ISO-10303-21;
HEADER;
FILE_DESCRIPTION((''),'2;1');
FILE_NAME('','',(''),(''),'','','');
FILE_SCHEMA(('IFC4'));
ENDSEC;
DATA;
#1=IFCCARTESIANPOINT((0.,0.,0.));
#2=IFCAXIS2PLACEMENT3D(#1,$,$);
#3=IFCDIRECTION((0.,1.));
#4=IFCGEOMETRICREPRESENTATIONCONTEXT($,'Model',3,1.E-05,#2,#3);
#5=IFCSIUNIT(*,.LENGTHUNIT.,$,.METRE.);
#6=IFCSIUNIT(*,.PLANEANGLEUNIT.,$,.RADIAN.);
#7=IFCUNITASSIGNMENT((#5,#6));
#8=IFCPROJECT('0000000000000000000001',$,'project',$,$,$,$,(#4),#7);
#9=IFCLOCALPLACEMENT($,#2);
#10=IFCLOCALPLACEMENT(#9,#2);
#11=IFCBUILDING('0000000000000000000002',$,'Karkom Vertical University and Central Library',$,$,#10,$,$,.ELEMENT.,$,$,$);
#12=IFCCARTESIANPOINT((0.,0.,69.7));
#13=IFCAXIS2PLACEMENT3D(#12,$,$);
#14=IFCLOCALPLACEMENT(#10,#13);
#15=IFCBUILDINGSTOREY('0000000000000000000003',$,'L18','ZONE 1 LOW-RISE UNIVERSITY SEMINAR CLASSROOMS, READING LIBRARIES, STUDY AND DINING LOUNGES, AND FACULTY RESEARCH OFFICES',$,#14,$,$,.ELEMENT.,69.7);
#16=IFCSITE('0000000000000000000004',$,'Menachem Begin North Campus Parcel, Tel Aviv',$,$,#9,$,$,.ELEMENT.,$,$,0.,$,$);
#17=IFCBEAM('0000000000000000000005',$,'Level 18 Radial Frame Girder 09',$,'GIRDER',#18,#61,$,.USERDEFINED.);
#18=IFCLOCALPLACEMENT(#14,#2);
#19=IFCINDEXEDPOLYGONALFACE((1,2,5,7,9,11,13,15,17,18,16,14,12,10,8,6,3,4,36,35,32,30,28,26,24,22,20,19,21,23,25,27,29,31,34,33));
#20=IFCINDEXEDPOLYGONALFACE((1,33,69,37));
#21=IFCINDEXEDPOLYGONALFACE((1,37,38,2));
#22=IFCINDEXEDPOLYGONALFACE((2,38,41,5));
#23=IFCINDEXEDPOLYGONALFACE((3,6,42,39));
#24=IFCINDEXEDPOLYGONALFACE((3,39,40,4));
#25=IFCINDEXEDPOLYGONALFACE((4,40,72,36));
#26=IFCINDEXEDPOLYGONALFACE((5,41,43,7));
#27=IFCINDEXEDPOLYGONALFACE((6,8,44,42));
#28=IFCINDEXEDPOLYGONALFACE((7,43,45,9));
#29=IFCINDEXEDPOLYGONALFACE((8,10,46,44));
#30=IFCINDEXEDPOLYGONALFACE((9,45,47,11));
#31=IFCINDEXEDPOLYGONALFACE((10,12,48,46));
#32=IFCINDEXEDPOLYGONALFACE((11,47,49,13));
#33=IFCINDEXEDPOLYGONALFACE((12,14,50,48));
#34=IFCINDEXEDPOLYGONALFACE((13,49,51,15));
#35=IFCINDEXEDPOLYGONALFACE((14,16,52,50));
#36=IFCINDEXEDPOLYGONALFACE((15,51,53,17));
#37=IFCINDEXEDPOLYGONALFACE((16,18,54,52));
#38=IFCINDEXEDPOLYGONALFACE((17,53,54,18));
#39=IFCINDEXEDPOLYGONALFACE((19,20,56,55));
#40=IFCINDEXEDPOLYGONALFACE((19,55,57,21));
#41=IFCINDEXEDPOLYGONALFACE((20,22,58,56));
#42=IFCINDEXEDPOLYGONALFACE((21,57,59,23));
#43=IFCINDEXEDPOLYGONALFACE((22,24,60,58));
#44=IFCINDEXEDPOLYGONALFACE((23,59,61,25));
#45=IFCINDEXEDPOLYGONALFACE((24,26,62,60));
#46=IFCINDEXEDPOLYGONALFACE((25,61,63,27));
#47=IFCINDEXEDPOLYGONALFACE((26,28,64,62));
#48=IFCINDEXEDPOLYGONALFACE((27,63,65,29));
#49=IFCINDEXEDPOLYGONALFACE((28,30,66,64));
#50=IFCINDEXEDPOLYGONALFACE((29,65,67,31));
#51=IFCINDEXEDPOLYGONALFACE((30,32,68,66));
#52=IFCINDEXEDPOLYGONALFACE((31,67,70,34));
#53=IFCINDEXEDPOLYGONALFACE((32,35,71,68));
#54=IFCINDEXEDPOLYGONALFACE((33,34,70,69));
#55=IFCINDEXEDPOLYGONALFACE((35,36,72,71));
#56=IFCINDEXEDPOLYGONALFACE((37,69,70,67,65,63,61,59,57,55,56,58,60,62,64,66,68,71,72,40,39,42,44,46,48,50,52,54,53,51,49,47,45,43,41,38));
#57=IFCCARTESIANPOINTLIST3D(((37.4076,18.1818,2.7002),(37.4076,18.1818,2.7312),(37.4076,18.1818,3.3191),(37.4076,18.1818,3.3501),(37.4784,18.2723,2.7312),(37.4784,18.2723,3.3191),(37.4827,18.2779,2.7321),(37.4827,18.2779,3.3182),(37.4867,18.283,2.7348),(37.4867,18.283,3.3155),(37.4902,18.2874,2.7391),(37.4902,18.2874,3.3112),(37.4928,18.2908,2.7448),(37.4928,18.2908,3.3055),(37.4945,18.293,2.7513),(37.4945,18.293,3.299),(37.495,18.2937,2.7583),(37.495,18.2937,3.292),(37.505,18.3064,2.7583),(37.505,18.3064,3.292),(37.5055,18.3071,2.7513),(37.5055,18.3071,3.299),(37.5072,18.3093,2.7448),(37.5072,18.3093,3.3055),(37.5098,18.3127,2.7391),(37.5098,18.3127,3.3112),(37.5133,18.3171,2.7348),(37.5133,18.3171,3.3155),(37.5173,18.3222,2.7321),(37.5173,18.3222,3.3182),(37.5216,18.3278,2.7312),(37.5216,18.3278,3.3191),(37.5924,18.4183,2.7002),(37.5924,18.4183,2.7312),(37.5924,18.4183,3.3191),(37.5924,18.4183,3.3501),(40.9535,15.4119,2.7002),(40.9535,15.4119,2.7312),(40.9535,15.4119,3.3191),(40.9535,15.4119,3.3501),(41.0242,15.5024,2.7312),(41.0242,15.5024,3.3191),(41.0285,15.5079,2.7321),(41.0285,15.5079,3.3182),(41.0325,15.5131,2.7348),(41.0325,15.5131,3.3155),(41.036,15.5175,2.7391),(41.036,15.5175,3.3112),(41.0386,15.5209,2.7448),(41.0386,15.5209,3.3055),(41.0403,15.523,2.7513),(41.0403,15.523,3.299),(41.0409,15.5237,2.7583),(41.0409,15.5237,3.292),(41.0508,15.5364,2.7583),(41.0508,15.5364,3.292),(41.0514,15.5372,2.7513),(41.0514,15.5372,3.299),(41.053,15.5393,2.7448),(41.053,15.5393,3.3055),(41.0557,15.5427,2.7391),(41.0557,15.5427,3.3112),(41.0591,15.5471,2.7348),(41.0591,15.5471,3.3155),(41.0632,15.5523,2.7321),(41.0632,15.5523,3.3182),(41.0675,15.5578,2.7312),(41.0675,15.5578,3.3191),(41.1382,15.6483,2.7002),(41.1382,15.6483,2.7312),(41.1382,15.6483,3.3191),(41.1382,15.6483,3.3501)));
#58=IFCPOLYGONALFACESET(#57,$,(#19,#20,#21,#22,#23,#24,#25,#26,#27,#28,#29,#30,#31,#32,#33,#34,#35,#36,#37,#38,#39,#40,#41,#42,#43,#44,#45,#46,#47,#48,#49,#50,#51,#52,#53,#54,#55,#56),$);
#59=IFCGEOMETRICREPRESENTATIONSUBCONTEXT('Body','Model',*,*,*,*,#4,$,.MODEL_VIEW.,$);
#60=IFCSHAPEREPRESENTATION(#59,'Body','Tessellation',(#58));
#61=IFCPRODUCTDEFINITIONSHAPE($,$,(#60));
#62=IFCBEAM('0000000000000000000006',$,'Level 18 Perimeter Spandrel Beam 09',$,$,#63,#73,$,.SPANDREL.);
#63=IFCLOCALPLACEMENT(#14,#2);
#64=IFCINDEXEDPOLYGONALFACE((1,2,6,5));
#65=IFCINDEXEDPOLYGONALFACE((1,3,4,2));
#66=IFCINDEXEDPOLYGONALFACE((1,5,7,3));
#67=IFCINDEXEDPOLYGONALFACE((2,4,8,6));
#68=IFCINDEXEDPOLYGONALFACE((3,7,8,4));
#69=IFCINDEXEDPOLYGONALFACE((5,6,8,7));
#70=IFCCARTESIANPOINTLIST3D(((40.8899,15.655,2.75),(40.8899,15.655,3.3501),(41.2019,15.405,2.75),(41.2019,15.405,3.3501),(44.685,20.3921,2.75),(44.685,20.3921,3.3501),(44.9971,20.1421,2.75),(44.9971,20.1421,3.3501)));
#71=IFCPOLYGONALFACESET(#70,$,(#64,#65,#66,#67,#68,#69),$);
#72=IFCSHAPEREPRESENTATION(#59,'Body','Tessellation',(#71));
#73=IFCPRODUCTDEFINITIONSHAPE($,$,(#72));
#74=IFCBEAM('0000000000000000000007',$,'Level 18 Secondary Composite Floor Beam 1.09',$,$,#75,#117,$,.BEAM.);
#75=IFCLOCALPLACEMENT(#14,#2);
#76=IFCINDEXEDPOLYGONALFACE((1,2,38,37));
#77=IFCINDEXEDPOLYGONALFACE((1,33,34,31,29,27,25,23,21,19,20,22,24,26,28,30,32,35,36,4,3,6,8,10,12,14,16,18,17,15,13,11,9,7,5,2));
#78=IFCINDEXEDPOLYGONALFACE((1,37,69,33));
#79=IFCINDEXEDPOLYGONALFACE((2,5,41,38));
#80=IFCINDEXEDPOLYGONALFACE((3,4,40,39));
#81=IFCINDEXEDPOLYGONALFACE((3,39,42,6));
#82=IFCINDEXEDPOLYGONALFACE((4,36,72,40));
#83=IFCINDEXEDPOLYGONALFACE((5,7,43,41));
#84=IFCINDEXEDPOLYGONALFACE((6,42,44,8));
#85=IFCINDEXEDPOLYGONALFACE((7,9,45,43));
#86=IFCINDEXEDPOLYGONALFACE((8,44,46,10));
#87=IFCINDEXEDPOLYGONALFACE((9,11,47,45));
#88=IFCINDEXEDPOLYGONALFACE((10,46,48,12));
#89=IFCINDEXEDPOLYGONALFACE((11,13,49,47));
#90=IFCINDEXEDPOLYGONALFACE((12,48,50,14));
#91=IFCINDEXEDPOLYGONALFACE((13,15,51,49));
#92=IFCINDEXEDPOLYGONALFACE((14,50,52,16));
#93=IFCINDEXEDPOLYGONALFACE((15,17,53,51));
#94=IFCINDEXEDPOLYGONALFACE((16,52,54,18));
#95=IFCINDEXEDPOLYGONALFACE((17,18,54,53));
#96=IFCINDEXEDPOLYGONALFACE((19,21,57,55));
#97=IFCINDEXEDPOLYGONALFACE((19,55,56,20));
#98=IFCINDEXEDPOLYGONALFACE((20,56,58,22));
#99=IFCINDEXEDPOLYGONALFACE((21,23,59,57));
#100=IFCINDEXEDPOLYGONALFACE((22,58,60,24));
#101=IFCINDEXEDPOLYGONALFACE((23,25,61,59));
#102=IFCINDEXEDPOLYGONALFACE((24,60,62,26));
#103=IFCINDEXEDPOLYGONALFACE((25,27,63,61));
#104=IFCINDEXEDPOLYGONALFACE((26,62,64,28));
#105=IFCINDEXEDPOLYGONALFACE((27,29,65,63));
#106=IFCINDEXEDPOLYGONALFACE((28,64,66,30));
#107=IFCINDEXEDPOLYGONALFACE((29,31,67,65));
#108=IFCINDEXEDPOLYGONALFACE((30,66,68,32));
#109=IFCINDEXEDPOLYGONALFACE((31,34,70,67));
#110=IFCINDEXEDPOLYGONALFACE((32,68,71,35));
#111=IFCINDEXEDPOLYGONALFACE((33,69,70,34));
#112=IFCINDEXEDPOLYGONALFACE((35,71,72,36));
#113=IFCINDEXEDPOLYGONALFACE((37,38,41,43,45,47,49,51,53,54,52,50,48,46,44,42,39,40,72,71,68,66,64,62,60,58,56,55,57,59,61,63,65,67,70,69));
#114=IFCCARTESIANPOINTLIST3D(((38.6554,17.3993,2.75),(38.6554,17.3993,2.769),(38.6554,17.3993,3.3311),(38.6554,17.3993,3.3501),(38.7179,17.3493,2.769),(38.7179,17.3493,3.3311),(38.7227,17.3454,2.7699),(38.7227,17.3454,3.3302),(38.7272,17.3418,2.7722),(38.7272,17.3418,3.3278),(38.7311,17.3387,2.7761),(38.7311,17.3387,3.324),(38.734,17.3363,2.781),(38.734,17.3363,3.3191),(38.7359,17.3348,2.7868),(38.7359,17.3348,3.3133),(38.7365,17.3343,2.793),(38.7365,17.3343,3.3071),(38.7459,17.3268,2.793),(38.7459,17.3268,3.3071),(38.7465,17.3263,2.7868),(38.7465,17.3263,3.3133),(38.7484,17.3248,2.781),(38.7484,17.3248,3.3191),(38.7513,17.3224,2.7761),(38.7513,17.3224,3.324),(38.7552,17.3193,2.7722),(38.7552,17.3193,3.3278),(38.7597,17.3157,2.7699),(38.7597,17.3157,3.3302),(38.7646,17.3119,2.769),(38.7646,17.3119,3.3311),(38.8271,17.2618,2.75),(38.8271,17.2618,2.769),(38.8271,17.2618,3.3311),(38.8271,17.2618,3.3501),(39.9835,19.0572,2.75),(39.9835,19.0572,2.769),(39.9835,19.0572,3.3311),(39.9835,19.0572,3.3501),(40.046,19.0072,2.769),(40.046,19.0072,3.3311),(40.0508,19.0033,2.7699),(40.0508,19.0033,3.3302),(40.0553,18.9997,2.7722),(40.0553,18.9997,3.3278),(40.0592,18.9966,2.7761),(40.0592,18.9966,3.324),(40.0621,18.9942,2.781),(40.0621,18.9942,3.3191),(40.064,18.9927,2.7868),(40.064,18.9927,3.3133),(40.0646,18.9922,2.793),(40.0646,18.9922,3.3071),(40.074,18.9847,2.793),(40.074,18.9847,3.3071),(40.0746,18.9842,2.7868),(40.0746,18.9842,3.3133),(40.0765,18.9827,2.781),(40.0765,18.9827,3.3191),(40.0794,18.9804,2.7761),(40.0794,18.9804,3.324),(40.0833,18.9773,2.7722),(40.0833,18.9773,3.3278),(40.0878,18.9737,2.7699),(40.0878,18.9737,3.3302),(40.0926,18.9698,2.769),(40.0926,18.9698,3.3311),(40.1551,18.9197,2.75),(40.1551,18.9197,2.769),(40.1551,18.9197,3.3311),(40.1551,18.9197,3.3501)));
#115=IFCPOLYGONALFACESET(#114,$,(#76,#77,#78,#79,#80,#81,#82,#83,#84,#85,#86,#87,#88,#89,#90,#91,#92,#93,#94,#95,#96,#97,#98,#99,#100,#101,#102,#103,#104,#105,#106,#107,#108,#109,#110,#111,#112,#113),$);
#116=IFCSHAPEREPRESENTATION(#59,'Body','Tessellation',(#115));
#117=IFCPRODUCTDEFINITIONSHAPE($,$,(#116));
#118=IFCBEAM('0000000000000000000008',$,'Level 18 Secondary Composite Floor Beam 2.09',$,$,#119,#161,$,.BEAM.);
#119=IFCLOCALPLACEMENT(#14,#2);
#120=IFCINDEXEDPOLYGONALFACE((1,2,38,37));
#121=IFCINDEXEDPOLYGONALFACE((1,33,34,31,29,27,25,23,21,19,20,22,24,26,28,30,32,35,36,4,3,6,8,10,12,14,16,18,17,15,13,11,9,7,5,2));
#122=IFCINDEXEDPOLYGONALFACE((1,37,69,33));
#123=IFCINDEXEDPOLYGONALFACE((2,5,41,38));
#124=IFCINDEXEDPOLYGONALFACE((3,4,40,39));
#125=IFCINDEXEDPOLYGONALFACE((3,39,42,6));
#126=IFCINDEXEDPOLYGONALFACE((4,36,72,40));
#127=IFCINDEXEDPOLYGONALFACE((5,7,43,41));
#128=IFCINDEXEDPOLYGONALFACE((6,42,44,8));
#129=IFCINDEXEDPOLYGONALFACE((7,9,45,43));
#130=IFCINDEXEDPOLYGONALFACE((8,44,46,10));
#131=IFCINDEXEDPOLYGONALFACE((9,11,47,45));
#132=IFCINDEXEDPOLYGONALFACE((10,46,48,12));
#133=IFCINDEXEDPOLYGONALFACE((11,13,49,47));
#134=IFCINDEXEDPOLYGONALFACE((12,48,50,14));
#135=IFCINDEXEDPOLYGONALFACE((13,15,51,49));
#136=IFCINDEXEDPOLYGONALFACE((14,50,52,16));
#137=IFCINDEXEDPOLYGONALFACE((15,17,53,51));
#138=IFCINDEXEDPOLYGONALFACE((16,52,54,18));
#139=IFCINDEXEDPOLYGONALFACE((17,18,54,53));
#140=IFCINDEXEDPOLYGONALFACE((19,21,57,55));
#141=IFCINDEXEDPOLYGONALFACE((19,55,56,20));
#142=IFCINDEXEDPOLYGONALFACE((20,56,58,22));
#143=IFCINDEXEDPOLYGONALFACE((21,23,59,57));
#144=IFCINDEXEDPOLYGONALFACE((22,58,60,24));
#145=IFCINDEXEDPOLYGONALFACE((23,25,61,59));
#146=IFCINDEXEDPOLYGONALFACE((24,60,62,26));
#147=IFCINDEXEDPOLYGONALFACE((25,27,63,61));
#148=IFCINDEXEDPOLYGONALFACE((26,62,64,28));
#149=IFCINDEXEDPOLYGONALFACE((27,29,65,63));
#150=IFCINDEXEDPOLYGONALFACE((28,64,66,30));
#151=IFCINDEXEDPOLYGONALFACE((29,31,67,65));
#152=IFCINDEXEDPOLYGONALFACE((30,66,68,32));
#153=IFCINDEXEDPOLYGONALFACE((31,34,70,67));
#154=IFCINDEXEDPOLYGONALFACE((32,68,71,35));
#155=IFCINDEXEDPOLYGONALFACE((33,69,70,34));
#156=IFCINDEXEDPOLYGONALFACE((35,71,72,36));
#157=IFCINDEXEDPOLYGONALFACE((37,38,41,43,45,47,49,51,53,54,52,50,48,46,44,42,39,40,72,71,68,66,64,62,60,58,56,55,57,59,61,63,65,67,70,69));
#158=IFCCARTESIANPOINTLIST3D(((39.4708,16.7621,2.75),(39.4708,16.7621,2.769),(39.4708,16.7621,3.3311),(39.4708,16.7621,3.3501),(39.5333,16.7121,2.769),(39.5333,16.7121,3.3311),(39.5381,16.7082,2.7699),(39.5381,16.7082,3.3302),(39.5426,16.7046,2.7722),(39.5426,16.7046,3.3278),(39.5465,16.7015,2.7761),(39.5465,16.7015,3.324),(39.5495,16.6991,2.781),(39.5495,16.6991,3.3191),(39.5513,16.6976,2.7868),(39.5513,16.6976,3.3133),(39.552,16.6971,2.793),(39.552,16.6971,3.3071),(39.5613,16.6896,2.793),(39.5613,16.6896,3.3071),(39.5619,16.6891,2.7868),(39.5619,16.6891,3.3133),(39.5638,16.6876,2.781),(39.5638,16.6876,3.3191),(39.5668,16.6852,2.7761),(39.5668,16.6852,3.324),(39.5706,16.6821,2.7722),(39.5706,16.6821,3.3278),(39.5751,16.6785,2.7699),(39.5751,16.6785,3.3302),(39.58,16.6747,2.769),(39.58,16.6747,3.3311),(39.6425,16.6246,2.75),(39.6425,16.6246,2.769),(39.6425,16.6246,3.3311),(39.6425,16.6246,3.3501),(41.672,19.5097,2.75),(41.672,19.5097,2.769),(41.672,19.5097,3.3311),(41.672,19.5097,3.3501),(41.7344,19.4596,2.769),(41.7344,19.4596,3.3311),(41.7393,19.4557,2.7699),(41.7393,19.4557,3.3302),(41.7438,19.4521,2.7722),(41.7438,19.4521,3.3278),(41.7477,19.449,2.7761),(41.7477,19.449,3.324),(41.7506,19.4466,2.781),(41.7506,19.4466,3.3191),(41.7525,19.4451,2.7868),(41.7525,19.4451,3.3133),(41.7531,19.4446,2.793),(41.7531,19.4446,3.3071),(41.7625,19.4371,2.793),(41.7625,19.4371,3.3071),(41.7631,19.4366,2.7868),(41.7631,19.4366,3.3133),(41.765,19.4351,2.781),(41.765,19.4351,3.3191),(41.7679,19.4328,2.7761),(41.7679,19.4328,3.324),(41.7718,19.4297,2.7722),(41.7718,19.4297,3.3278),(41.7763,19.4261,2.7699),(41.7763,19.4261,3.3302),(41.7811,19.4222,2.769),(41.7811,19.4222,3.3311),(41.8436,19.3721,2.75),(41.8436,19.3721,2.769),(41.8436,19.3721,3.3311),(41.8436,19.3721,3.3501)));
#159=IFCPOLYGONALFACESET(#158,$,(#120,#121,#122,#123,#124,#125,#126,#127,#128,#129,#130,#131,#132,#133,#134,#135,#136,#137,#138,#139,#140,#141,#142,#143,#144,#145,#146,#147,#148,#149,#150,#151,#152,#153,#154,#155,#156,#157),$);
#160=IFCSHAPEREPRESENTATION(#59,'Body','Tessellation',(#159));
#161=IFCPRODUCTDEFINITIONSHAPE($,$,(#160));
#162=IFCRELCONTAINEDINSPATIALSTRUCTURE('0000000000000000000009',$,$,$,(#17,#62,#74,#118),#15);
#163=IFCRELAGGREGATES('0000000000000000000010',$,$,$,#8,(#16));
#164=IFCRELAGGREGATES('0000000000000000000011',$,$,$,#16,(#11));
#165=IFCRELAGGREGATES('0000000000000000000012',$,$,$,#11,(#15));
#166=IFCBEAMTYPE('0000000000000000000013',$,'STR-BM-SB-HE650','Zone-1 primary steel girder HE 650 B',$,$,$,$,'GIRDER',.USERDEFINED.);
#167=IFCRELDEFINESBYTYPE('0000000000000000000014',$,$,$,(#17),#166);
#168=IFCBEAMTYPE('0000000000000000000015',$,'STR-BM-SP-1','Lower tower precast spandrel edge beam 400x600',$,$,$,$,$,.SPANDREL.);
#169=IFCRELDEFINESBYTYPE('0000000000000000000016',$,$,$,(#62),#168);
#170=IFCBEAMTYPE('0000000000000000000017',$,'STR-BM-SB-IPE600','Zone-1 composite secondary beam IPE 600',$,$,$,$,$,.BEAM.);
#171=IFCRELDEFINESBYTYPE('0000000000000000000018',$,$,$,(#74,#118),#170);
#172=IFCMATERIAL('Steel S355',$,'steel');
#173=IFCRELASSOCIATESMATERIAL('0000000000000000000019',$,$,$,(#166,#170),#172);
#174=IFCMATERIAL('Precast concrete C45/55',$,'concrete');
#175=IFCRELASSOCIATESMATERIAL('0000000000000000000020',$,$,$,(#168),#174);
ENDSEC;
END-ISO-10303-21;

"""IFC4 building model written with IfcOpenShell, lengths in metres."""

from ifc_helpers import new_model, si_unit, direction, frame, origin, origin_with_axes, origin_2d, place, context, subcontext, project, spatial, rectangle, i_section, extrude, source, transform, mapped, material, material_profile, profile_set, type_object, element, save


model = new_model("IFC4")

# Units and contexts
model_context = context("Model", 3, precision=1e-05, world=origin(), true_north=direction((0.0, 1.0)))
body_context = subcontext(model_context, "Body", "Model", "MODEL_VIEW")
ifc_project = project(units=[si_unit("LENGTHUNIT", "METRE"), si_unit("PLANEANGLEUNIT", "RADIAN")], contexts=[model_context])

# Site, building, storey
site_placement = place(None, origin())
site = spatial("IfcSite", under=ifc_project, at=site_placement, Name="Menachem Begin North Campus Parcel, Tel Aviv", CompositionType="ELEMENT", RefElevation=0.0)
building_placement = place(site_placement, origin())
building = spatial("IfcBuilding", under=site, at=building_placement, Name="Karkom Vertical University and Central Library", CompositionType="ELEMENT")
storey_placement = place(building_placement, frame((0.0, 0.0, 69.7)))
storey = spatial("IfcBuildingStorey", under=building, at=storey_placement, Name="L18", Description="ZONE 1 LOW-RISE UNIVERSITY SEMINAR CLASSROOMS, READING LIBRARIES, STUDY AND DINING LOUNGES, AND FACULTY RESEARCH OFFICES", CompositionType="ELEMENT", Elevation=69.7)

# Beams
ifc_material_1 = material(Name="Steel S355", Category="steel")
ifc_material_profile_1 = material_profile(ifc_material_1, i_section(OverallWidth=0.3, OverallDepth=0.6499, WebThickness=0.0161, FlangeThickness=0.031, FilletRadius=0.0271, at=origin_2d()), Name="HE 650 B")
ifc_profile_set_1 = profile_set([ifc_material_profile_1], Name="Steel S355")
beam_type_1 = type_object("IfcBeamType", Name="STR-BM-SB-HE650", Description="Zone-1 primary steel girder HE 650 B", ElementType="GIRDER", PredefinedType="USERDEFINED", material=ifc_profile_set_1)
shared_shape_1 = source(origin_with_axes(), body_context, "Body", "SweptSolid", [
    extrude(i_section(OverallWidth=0.3, OverallDepth=0.6499, WebThickness=0.0161, FlangeThickness=0.031, FilletRadius=0.0271, at=origin_2d()), origin(), (0.0, 0.0, 1.0), 4.4995),
])
beam_1_placement = place(storey_placement, frame((37.5, 18.3, 3.0251), z_axis=(0.788047, -0.615615, 0.0), x_axis=(0.615615, 0.788047, 0.0)))
element("IfcBeam", 1, at=beam_1_placement, inside=storey, type_object=beam_type_1, Name="Level 18 Radial Frame Girder 09", ObjectType="GIRDER", PredefinedType="USERDEFINED", context=body_context, shape_type="MappedRepresentation", body=[
    mapped(shared_shape_1, transform((0.0, 0.0, 0.0), scale=1.0)),
])
ifc_material_2 = material(Name="Precast concrete C45/55", Category="concrete")
ifc_material_profile_2 = material_profile(ifc_material_2, rectangle(XDim=0.3999, YDim=0.6001, at=origin_2d()), Name="SPB-400x600")
ifc_profile_set_2 = profile_set([ifc_material_profile_2], Name="Precast concrete C45/55")
beam_type_2 = type_object("IfcBeamType", Name="STR-BM-SP-1", Description="Lower tower precast spandrel edge beam 400x600", PredefinedType="SPANDREL", material=ifc_profile_set_2)
shared_shape_2 = source(origin_with_axes(), body_context, "Body", "SweptSolid", [
    extrude(rectangle(XDim=0.3999, YDim=0.6001, at=origin_2d()), origin(), (0.0, 0.0, 1.0), 6.0698),
])
beam_2_placement = place(storey_placement, frame((41.0459, 15.53, 3.05), z_axis=(0.625249, 0.780425, 0.0), x_axis=(-0.780425, 0.625249, 0.0)))
element("IfcBeam", 2, at=beam_2_placement, inside=storey, type_object=beam_type_2, Name="Level 18 Perimeter Spandrel Beam 09", PredefinedType="SPANDREL", context=body_context, shape_type="MappedRepresentation", body=[
    mapped(shared_shape_2, transform((0.0, 0.0, 0.0), scale=1.0)),
])
ifc_material_profile_3 = material_profile(ifc_material_1, i_section(OverallWidth=0.22, OverallDepth=0.6001, WebThickness=0.012, FlangeThickness=0.019, FilletRadius=0.0239, at=origin_2d()), Name="IPE 600")
ifc_profile_set_3 = profile_set([ifc_material_profile_3], Name="Steel S355")
beam_type_3 = type_object("IfcBeamType", Name="STR-BM-SB-IPE600", Description="Zone-1 composite secondary beam IPE 600", PredefinedType="BEAM", material=ifc_profile_set_3)
shared_shape_3 = source(origin_with_axes(), body_context, "Body", "SweptSolid", [
    extrude(i_section(OverallWidth=0.22, OverallDepth=0.6001, WebThickness=0.012, FlangeThickness=0.019, FilletRadius=0.0239, at=origin_2d()), origin(), (0.0, 0.0, 1.0), 2.1243),
])
beam_3_placement = place(storey_placement, frame((38.7412, 17.3306, 3.05), z_axis=(0.625199, 0.780465, 0.0), x_axis=(-0.780465, 0.625199, 0.0)))
element("IfcBeam", 3, at=beam_3_placement, inside=storey, type_object=beam_type_3, Name="Level 18 Secondary Composite Floor Beam 1.09", PredefinedType="BEAM", context=body_context, shape_type="MappedRepresentation", body=[
    mapped(shared_shape_3, transform((0.0, 0.0, 0.0), scale=1.0)),
])
shared_shape_4 = source(origin_with_axes(), body_context, "Body", "SweptSolid", [
    extrude(i_section(OverallWidth=0.22, OverallDepth=0.6001, WebThickness=0.012, FlangeThickness=0.019, FilletRadius=0.0239, at=origin_2d()), origin(), (0.0, 0.0, 1.0), 3.5205),
])
beam_4_placement = place(storey_placement, frame((39.5566, 16.6934, 3.05), z_axis=(0.625236, 0.780436, 0.0), x_axis=(-0.780436, 0.625236, 0.0)))
element("IfcBeam", 4, at=beam_4_placement, inside=storey, type_object=beam_type_3, Name="Level 18 Secondary Composite Floor Beam 2.09", PredefinedType="BEAM", context=body_context, shape_type="MappedRepresentation", body=[
    mapped(shared_shape_4, transform((0.0, 0.0, 0.0), scale=1.0)),
])

save(model, "model.ifc")
